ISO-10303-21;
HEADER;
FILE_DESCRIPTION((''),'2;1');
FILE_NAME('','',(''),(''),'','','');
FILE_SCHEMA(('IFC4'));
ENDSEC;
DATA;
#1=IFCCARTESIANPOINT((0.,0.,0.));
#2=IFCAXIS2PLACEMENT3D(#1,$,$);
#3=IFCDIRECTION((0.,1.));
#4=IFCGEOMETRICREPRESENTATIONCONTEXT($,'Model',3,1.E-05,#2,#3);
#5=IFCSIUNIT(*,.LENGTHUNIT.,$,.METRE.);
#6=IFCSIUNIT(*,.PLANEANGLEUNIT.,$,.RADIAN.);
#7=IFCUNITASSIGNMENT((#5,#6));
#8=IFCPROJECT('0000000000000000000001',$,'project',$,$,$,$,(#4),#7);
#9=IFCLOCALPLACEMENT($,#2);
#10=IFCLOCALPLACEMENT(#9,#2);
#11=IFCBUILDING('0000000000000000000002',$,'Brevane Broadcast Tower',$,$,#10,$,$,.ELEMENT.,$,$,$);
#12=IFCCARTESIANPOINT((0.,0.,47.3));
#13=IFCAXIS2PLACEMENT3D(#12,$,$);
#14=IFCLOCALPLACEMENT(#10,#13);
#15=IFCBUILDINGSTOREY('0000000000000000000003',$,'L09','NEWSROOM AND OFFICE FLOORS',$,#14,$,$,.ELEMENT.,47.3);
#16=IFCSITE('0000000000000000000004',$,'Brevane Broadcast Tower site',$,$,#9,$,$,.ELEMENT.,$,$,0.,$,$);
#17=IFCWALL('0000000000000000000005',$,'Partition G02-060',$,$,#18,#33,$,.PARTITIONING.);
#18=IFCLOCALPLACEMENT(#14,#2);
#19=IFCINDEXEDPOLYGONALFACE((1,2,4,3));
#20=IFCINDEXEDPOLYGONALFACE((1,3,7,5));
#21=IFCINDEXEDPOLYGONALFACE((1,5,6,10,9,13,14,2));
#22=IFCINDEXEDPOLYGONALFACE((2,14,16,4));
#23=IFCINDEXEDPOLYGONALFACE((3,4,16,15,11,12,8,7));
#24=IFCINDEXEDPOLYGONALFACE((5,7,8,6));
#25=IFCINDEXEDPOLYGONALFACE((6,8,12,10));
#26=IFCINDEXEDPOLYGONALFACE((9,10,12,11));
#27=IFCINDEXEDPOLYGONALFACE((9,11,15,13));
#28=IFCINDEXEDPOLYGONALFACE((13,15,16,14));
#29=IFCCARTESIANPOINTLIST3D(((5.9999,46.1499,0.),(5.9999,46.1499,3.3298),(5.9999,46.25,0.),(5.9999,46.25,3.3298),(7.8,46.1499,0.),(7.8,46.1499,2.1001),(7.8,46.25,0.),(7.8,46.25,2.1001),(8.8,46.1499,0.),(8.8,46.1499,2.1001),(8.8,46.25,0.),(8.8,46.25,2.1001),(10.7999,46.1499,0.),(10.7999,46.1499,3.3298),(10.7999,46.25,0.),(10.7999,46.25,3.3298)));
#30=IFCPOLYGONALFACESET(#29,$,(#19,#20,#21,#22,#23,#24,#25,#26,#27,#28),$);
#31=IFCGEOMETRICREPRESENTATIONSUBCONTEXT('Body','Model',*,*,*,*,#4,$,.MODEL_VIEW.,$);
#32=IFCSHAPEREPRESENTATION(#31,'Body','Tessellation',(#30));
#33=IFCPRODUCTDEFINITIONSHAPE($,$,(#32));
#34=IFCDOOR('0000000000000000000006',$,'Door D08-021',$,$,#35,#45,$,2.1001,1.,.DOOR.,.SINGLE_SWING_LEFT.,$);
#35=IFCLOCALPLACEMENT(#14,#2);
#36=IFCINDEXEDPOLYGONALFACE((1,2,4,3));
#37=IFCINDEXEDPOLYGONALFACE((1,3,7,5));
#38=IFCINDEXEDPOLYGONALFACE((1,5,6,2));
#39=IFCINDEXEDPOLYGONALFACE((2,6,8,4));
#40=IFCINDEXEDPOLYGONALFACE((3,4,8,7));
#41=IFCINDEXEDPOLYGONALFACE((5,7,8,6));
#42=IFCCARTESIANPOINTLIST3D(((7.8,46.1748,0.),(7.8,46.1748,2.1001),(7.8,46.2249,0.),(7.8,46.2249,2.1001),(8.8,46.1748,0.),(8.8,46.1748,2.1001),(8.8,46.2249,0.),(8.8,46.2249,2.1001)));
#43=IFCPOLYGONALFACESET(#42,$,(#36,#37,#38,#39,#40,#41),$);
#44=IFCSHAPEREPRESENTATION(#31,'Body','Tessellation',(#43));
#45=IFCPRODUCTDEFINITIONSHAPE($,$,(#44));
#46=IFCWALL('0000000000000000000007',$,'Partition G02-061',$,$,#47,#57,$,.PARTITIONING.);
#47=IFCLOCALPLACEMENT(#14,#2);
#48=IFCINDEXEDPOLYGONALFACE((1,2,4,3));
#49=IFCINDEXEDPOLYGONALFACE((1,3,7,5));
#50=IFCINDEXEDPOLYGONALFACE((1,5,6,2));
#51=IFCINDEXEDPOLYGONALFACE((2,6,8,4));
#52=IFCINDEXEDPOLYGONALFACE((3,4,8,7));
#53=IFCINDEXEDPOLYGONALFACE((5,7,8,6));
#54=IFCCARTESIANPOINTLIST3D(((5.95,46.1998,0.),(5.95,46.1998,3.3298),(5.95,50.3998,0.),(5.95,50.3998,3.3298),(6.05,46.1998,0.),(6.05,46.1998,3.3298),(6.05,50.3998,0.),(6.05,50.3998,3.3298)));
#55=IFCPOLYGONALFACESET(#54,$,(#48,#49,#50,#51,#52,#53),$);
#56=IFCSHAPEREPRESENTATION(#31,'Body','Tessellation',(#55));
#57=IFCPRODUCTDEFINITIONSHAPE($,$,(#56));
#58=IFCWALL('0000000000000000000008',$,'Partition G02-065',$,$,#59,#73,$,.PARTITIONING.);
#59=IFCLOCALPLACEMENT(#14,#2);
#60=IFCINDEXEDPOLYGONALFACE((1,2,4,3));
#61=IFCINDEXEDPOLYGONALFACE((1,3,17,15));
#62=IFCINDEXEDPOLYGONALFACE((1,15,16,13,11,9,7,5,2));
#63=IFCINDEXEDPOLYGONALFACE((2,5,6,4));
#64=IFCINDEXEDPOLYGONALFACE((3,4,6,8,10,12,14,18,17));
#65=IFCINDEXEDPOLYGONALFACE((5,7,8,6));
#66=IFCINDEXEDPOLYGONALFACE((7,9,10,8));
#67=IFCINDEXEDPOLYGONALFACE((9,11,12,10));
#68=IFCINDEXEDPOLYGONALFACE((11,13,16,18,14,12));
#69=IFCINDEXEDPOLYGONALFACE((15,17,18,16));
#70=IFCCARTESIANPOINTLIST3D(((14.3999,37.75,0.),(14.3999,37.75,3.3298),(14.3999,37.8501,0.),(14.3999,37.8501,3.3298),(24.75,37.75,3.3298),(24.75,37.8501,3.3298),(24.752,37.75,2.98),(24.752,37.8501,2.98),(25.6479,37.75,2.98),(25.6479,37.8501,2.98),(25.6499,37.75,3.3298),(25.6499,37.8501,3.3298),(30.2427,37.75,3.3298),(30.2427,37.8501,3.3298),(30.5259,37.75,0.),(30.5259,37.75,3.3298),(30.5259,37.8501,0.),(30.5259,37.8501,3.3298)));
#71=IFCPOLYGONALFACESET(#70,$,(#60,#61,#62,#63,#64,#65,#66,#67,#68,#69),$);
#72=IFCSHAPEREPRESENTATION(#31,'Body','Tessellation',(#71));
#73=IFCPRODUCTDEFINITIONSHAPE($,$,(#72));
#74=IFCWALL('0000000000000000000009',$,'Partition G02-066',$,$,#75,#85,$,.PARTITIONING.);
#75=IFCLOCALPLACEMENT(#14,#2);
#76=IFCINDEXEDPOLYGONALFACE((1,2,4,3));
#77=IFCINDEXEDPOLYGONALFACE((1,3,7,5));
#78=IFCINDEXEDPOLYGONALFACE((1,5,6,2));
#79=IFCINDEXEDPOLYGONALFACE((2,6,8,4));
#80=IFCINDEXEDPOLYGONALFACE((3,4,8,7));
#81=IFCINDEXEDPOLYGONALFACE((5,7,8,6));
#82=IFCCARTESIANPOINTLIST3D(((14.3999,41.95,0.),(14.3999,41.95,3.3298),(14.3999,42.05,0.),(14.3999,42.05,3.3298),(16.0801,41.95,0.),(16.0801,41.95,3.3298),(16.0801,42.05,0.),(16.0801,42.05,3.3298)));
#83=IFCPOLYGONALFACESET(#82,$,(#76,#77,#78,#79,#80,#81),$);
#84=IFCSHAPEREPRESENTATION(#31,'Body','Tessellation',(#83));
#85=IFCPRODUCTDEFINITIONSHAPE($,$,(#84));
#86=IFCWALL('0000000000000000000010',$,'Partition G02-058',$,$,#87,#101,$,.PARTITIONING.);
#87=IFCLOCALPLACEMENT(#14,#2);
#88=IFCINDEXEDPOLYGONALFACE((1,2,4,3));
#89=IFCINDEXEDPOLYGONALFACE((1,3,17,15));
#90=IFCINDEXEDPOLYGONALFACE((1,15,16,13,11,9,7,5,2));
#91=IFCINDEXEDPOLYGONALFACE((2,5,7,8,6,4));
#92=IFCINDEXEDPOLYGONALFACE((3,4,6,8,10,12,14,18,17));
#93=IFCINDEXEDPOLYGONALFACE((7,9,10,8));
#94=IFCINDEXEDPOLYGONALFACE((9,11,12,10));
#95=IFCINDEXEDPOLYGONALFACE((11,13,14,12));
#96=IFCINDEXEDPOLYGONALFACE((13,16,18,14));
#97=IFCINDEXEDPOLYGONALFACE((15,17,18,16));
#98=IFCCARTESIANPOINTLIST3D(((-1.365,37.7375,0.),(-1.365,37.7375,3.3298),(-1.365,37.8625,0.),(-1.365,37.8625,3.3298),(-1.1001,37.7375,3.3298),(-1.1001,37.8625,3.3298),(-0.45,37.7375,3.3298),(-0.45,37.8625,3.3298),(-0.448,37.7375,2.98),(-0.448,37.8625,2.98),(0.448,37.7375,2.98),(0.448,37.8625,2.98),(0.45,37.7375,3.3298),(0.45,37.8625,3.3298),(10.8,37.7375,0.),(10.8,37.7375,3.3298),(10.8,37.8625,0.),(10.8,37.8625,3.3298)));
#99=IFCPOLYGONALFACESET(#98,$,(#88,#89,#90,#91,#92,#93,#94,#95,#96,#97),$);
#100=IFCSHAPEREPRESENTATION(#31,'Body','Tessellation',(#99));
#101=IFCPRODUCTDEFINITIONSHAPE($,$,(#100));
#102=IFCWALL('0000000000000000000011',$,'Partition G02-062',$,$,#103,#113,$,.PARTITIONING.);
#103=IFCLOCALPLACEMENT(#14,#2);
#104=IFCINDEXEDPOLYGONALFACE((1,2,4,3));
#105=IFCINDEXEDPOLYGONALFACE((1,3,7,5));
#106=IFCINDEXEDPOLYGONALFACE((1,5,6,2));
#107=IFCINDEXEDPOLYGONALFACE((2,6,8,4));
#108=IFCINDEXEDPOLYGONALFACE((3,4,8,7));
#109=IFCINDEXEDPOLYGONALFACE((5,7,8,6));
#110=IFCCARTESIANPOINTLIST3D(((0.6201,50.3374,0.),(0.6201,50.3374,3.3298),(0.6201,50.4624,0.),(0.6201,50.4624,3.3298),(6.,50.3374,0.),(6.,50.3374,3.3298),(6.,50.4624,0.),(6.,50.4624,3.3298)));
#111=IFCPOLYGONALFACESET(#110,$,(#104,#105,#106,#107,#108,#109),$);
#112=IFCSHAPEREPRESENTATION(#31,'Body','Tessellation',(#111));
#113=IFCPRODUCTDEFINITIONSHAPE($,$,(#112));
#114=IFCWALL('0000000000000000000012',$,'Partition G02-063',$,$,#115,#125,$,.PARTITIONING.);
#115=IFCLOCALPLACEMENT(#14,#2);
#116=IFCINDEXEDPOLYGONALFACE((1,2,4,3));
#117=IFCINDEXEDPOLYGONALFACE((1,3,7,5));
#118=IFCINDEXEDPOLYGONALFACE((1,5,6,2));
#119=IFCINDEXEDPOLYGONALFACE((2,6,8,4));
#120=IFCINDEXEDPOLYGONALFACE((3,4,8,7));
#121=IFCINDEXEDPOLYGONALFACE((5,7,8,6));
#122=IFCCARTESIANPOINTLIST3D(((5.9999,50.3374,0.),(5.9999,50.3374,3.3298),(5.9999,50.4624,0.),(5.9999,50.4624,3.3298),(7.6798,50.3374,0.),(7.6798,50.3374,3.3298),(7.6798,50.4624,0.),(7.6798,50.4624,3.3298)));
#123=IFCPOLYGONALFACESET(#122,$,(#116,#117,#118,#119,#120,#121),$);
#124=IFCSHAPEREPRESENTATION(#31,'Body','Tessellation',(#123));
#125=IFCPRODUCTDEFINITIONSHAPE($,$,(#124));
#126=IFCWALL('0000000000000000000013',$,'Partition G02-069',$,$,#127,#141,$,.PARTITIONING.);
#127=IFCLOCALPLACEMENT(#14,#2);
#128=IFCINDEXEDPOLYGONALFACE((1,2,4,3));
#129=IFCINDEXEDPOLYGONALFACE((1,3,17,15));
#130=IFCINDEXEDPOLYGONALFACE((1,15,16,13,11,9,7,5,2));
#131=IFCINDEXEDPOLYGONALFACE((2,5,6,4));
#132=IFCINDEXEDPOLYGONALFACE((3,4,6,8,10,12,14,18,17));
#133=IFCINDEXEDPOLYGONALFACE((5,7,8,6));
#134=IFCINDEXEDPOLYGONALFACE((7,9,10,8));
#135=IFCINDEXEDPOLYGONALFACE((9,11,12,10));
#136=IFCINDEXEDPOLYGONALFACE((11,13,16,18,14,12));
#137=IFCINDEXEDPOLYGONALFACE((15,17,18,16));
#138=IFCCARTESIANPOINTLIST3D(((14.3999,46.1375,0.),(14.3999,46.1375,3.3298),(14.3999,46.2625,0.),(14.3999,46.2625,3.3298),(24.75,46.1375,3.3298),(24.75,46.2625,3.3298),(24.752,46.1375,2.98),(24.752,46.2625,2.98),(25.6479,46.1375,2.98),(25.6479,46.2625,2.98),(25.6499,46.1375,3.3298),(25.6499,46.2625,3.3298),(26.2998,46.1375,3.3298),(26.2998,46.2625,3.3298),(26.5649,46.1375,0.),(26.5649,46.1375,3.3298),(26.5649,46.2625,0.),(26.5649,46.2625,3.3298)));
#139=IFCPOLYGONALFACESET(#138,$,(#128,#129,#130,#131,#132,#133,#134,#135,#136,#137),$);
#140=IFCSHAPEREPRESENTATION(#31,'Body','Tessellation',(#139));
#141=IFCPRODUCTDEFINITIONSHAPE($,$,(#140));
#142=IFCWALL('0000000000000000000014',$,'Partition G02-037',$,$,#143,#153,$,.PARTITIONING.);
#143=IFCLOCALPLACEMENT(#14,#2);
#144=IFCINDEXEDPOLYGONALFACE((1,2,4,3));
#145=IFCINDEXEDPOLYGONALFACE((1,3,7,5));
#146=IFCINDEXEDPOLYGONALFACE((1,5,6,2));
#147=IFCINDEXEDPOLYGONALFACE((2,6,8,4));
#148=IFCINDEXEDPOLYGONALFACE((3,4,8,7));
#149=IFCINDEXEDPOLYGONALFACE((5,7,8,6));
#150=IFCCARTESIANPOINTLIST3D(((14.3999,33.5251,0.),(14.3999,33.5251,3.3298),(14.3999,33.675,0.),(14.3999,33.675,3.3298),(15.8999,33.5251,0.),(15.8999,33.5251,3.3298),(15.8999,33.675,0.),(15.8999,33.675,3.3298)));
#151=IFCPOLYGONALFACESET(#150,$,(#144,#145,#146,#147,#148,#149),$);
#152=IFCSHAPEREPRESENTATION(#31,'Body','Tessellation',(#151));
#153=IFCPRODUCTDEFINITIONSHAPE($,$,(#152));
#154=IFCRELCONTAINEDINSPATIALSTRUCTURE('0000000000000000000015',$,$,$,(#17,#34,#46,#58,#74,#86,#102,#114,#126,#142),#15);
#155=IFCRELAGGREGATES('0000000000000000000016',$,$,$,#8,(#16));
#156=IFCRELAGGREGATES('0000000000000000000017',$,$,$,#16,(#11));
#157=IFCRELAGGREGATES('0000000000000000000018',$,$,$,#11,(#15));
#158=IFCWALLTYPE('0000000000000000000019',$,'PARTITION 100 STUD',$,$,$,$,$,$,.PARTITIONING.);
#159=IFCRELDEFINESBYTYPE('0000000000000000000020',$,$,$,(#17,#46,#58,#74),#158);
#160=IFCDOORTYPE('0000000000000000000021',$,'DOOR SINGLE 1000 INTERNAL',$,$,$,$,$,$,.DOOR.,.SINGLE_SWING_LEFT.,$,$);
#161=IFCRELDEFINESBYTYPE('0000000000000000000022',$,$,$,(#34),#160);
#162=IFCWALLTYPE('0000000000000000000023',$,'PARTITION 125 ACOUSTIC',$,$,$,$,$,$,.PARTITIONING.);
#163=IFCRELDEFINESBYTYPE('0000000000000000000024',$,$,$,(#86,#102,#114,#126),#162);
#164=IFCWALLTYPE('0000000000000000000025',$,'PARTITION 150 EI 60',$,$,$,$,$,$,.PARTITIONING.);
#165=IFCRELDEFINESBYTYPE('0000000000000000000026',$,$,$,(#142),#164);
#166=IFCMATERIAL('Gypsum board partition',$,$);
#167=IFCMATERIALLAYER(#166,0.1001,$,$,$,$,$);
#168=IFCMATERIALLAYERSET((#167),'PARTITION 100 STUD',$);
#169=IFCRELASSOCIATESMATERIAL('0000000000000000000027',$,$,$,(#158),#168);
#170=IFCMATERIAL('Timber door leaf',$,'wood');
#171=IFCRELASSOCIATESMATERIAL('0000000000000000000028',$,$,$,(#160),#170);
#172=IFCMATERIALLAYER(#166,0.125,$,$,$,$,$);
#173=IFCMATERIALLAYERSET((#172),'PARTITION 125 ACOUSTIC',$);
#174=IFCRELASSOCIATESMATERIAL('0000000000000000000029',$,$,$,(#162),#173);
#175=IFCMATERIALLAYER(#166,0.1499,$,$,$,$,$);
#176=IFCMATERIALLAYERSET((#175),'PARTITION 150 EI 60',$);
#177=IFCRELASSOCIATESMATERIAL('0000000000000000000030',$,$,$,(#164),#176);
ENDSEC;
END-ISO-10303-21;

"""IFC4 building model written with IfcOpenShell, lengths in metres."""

from ifc_helpers import new_model, si_unit, direction, frame, frame_2d, origin, place, context, subcontext, project, spatial, polyline, rectangle, outline, extrude, material, layer, layer_set, type_object, element, fill, save


model = new_model("IFC4")

# Units and contexts
model_context = context("Model", 3, precision=1e-05, world=origin(), true_north=direction((0.0, 1.0)))
body_context = subcontext(model_context, "Body", "Model", "MODEL_VIEW")
ifc_project = project(units=[si_unit("LENGTHUNIT", "METRE"), si_unit("PLANEANGLEUNIT", "RADIAN")], contexts=[model_context])

# Site, building, storey
site_placement = place(None, origin())
site = spatial("IfcSite", under=ifc_project, at=site_placement, Name="Brevane Broadcast Tower site", CompositionType="ELEMENT", RefElevation=0.0)
building_placement = place(site_placement, origin())
building = spatial("IfcBuilding", under=site, at=building_placement, Name="Brevane Broadcast Tower", CompositionType="ELEMENT")
storey_placement = place(building_placement, frame((0.0, 0.0, 47.3)))
storey = spatial("IfcBuildingStorey", under=building, at=storey_placement, Name="L09", Description="NEWSROOM AND OFFICE FLOORS", CompositionType="ELEMENT", Elevation=47.3)

# Shared definitions
ifc_material_1 = material(Name="Gypsum board partition")
ifc_layer_1 = layer(ifc_material_1, 0.1001)
ifc_layer_set_1 = layer_set([ifc_layer_1], Name="PARTITION 100 STUD")
wall_type_1 = type_object("IfcWallType", Name="PARTITION 100 STUD", PredefinedType="PARTITIONING", material=ifc_layer_set_1)

# Wall, opening, door
ifc_material_2 = material(Name="Timber door leaf", Category="wood")
door_type_1 = type_object("IfcDoorType", Name="DOOR SINGLE 1000 INTERNAL", OperationType="SINGLE_SWING_LEFT", PredefinedType="DOOR", material=ifc_material_2)
wall_1_placement = place(storey_placement, frame((6.0, 46.2, 0.0), z_axis=(0.0, 0.0, 1.0), x_axis=(1.0, 0.0, 0.0)))
wall_1 = element("IfcWall", 1, at=wall_1_placement, inside=storey, type_object=wall_type_1, Name="Partition G02-060", PredefinedType="PARTITIONING", context=body_context, shape_type="SweptSolid", body=[
    extrude(rectangle(XDim=4.8, YDim=0.1001, at=frame_2d((2.3999, 0.0))), origin(), (0.0, 0.0, 1.0), 3.3298),
])
opening_1_placement = place(wall_1_placement, frame((1.8, 0.0, 0.0)))
opening_1 = element("IfcOpeningElement", 2, at=opening_1_placement, cuts=wall_1, PredefinedType="OPENING", context=body_context, shape_type="SweptSolid", body=[
    extrude(rectangle(XDim=1.0, YDim=2.1001, at=frame_2d((0.5, 1.05))), frame((0.0, 0.0601, 0.0), z_axis=(0.0, -1.0, 0.0), x_axis=(1.0, 0.0, 0.0)), (0.0, 0.0, 1.0), 0.1201),
])
door_1_placement = place(opening_1_placement, origin())
door_1 = element("IfcDoor", 3, at=door_1_placement, inside=storey, type_object=door_type_1, Name="Door D08-021", OperationType="SINGLE_SWING_LEFT", OverallHeight=2.1001, OverallWidth=1.0, PredefinedType="DOOR", context=body_context, shape_type="SweptSolid", body=[
    extrude(rectangle(XDim=1.0, YDim=2.1001, at=frame_2d((0.5, 1.05))), frame((0.0, 0.0249, 0.0), z_axis=(0.0, -1.0, 0.0), x_axis=(1.0, 0.0, 0.0)), (0.0, 0.0, 1.0), 0.05),
])
fill(opening_1, door_1)

# Walls
wall_2_placement = place(storey_placement, frame((6.0, 50.3999, 0.0), z_axis=(0.0, 0.0, 1.0), x_axis=(0.0, -1.0, 0.0)))
element("IfcWall", 4, at=wall_2_placement, inside=storey, type_object=wall_type_1, Name="Partition G02-061", PredefinedType="PARTITIONING", context=body_context, shape_type="SweptSolid", body=[
    extrude(rectangle(XDim=4.2, YDim=0.1001, at=frame_2d((2.1001, 0.0))), origin(), (0.0, 0.0, 1.0), 3.3298),
])
wall_3_placement = place(storey_placement, frame((14.3999, 37.8, 0.0), z_axis=(0.0, 0.0, 1.0), x_axis=(1.0, 0.0, 0.0)))
element("IfcWall", 5, at=wall_3_placement, inside=storey, type_object=wall_type_1, Name="Partition G02-065", PredefinedType="PARTITIONING", context=body_context, shape_type="SweptSolid", body=[
    extrude(outline(polyline([(0.0, 0.0), (16.126, 0.0), (16.126, 3.3298), (15.8428, 3.3298), (11.25, 3.3298), (11.248, 2.98), (10.3521, 2.98), (10.3501, 3.3298), (0.0, 3.3298), (0.0, 0.0)])), frame((0.0, 0.05, 0.0), z_axis=(0.0, -1.0, 0.0), x_axis=(1.0, 0.0, 0.0)), (0.0, 0.0, 1.0), 0.1001),
])
wall_4_placement = place(storey_placement, frame((14.3999, 42.0, 0.0), z_axis=(0.0, 0.0, 1.0), x_axis=(1.0, 0.0, 0.0)))
element("IfcWall", 6, at=wall_4_placement, inside=storey, type_object=wall_type_1, Name="Partition G02-066", PredefinedType="PARTITIONING", context=body_context, shape_type="SweptSolid", body=[
    extrude(rectangle(XDim=1.6802, YDim=0.1001, at=frame_2d((0.8401, 0.0))), origin(), (0.0, 0.0, 1.0), 3.3298),
])
ifc_layer_2 = layer(ifc_material_1, 0.125)
ifc_layer_set_2 = layer_set([ifc_layer_2], Name="PARTITION 125 ACOUSTIC")
wall_type_2 = type_object("IfcWallType", Name="PARTITION 125 ACOUSTIC", PredefinedType="PARTITIONING", material=ifc_layer_set_2)
wall_5_placement = place(storey_placement, frame((-1.365, 37.8, 0.0), z_axis=(0.0, 0.0, 1.0), x_axis=(1.0, 0.0, 0.0)))
element("IfcWall", 7, at=wall_5_placement, inside=storey, type_object=wall_type_2, Name="Partition G02-058", PredefinedType="PARTITIONING", context=body_context, shape_type="SweptSolid", body=[
    extrude(outline(polyline([(0.0, 0.0), (12.165, 0.0), (12.165, 3.3298), (1.8149, 3.3298), (1.813, 2.98), (0.917, 2.98), (0.915, 3.3298), (0.2649, 3.3298), (0.0, 3.3298), (0.0, 0.0)])), frame((0.0, 0.0625, 0.0), z_axis=(0.0, -1.0, 0.0), x_axis=(1.0, 0.0, 0.0)), (0.0, 0.0, 1.0), 0.125),
])
wall_6_placement = place(storey_placement, frame((0.6201, 50.3999, 0.0), z_axis=(0.0, 0.0, 1.0), x_axis=(1.0, 0.0, 0.0)))
element("IfcWall", 8, at=wall_6_placement, inside=storey, type_object=wall_type_2, Name="Partition G02-062", PredefinedType="PARTITIONING", context=body_context, shape_type="SweptSolid", body=[
    extrude(rectangle(XDim=5.3799, YDim=0.125, at=frame_2d((2.6899, 0.0))), origin(), (0.0, 0.0, 1.0), 3.3298),
])
wall_7_placement = place(storey_placement, frame((6.0, 50.3999, 0.0), z_axis=(0.0, 0.0, 1.0), x_axis=(1.0, 0.0, 0.0)))
element("IfcWall", 9, at=wall_7_placement, inside=storey, type_object=wall_type_2, Name="Partition G02-063", PredefinedType="PARTITIONING", context=body_context, shape_type="SweptSolid", body=[
    extrude(rectangle(XDim=1.6799, YDim=0.125, at=frame_2d((0.8398, 0.0))), origin(), (0.0, 0.0, 1.0), 3.3298),
])
wall_8_placement = place(storey_placement, frame((14.3999, 46.2, 0.0), z_axis=(0.0, 0.0, 1.0), x_axis=(1.0, 0.0, 0.0)))
element("IfcWall", 10, at=wall_8_placement, inside=storey, type_object=wall_type_2, Name="Partition G02-069", PredefinedType="PARTITIONING", context=body_context, shape_type="SweptSolid", body=[
    extrude(outline(polyline([(0.0, 0.0), (12.165, 0.0), (12.165, 3.3298), (11.8999, 3.3298), (11.25, 3.3298), (11.248, 2.98), (10.3521, 2.98), (10.3501, 3.3298), (0.0, 3.3298), (0.0, 0.0)])), frame((0.0, 0.0625, 0.0), z_axis=(0.0, -1.0, 0.0), x_axis=(1.0, 0.0, 0.0)), (0.0, 0.0, 1.0), 0.125),
])
ifc_layer_3 = layer(ifc_material_1, 0.1499)
ifc_layer_set_3 = layer_set([ifc_layer_3], Name="PARTITION 150 EI 60")
wall_type_3 = type_object("IfcWallType", Name="PARTITION 150 EI 60", PredefinedType="PARTITIONING", material=ifc_layer_set_3)
wall_9_placement = place(storey_placement, frame((14.3999, 33.6001, 0.0), z_axis=(0.0, 0.0, 1.0), x_axis=(1.0, 0.0, 0.0)))
element("IfcWall", 11, at=wall_9_placement, inside=storey, type_object=wall_type_3, Name="Partition G02-037", PredefinedType="PARTITIONING", context=body_context, shape_type="SweptSolid", body=[
    extrude(rectangle(XDim=1.5, YDim=0.1499, at=frame_2d((0.75, 0.0))), origin(), (0.0, 0.0, 1.0), 3.3298),
])

save(model, "model.ifc")
